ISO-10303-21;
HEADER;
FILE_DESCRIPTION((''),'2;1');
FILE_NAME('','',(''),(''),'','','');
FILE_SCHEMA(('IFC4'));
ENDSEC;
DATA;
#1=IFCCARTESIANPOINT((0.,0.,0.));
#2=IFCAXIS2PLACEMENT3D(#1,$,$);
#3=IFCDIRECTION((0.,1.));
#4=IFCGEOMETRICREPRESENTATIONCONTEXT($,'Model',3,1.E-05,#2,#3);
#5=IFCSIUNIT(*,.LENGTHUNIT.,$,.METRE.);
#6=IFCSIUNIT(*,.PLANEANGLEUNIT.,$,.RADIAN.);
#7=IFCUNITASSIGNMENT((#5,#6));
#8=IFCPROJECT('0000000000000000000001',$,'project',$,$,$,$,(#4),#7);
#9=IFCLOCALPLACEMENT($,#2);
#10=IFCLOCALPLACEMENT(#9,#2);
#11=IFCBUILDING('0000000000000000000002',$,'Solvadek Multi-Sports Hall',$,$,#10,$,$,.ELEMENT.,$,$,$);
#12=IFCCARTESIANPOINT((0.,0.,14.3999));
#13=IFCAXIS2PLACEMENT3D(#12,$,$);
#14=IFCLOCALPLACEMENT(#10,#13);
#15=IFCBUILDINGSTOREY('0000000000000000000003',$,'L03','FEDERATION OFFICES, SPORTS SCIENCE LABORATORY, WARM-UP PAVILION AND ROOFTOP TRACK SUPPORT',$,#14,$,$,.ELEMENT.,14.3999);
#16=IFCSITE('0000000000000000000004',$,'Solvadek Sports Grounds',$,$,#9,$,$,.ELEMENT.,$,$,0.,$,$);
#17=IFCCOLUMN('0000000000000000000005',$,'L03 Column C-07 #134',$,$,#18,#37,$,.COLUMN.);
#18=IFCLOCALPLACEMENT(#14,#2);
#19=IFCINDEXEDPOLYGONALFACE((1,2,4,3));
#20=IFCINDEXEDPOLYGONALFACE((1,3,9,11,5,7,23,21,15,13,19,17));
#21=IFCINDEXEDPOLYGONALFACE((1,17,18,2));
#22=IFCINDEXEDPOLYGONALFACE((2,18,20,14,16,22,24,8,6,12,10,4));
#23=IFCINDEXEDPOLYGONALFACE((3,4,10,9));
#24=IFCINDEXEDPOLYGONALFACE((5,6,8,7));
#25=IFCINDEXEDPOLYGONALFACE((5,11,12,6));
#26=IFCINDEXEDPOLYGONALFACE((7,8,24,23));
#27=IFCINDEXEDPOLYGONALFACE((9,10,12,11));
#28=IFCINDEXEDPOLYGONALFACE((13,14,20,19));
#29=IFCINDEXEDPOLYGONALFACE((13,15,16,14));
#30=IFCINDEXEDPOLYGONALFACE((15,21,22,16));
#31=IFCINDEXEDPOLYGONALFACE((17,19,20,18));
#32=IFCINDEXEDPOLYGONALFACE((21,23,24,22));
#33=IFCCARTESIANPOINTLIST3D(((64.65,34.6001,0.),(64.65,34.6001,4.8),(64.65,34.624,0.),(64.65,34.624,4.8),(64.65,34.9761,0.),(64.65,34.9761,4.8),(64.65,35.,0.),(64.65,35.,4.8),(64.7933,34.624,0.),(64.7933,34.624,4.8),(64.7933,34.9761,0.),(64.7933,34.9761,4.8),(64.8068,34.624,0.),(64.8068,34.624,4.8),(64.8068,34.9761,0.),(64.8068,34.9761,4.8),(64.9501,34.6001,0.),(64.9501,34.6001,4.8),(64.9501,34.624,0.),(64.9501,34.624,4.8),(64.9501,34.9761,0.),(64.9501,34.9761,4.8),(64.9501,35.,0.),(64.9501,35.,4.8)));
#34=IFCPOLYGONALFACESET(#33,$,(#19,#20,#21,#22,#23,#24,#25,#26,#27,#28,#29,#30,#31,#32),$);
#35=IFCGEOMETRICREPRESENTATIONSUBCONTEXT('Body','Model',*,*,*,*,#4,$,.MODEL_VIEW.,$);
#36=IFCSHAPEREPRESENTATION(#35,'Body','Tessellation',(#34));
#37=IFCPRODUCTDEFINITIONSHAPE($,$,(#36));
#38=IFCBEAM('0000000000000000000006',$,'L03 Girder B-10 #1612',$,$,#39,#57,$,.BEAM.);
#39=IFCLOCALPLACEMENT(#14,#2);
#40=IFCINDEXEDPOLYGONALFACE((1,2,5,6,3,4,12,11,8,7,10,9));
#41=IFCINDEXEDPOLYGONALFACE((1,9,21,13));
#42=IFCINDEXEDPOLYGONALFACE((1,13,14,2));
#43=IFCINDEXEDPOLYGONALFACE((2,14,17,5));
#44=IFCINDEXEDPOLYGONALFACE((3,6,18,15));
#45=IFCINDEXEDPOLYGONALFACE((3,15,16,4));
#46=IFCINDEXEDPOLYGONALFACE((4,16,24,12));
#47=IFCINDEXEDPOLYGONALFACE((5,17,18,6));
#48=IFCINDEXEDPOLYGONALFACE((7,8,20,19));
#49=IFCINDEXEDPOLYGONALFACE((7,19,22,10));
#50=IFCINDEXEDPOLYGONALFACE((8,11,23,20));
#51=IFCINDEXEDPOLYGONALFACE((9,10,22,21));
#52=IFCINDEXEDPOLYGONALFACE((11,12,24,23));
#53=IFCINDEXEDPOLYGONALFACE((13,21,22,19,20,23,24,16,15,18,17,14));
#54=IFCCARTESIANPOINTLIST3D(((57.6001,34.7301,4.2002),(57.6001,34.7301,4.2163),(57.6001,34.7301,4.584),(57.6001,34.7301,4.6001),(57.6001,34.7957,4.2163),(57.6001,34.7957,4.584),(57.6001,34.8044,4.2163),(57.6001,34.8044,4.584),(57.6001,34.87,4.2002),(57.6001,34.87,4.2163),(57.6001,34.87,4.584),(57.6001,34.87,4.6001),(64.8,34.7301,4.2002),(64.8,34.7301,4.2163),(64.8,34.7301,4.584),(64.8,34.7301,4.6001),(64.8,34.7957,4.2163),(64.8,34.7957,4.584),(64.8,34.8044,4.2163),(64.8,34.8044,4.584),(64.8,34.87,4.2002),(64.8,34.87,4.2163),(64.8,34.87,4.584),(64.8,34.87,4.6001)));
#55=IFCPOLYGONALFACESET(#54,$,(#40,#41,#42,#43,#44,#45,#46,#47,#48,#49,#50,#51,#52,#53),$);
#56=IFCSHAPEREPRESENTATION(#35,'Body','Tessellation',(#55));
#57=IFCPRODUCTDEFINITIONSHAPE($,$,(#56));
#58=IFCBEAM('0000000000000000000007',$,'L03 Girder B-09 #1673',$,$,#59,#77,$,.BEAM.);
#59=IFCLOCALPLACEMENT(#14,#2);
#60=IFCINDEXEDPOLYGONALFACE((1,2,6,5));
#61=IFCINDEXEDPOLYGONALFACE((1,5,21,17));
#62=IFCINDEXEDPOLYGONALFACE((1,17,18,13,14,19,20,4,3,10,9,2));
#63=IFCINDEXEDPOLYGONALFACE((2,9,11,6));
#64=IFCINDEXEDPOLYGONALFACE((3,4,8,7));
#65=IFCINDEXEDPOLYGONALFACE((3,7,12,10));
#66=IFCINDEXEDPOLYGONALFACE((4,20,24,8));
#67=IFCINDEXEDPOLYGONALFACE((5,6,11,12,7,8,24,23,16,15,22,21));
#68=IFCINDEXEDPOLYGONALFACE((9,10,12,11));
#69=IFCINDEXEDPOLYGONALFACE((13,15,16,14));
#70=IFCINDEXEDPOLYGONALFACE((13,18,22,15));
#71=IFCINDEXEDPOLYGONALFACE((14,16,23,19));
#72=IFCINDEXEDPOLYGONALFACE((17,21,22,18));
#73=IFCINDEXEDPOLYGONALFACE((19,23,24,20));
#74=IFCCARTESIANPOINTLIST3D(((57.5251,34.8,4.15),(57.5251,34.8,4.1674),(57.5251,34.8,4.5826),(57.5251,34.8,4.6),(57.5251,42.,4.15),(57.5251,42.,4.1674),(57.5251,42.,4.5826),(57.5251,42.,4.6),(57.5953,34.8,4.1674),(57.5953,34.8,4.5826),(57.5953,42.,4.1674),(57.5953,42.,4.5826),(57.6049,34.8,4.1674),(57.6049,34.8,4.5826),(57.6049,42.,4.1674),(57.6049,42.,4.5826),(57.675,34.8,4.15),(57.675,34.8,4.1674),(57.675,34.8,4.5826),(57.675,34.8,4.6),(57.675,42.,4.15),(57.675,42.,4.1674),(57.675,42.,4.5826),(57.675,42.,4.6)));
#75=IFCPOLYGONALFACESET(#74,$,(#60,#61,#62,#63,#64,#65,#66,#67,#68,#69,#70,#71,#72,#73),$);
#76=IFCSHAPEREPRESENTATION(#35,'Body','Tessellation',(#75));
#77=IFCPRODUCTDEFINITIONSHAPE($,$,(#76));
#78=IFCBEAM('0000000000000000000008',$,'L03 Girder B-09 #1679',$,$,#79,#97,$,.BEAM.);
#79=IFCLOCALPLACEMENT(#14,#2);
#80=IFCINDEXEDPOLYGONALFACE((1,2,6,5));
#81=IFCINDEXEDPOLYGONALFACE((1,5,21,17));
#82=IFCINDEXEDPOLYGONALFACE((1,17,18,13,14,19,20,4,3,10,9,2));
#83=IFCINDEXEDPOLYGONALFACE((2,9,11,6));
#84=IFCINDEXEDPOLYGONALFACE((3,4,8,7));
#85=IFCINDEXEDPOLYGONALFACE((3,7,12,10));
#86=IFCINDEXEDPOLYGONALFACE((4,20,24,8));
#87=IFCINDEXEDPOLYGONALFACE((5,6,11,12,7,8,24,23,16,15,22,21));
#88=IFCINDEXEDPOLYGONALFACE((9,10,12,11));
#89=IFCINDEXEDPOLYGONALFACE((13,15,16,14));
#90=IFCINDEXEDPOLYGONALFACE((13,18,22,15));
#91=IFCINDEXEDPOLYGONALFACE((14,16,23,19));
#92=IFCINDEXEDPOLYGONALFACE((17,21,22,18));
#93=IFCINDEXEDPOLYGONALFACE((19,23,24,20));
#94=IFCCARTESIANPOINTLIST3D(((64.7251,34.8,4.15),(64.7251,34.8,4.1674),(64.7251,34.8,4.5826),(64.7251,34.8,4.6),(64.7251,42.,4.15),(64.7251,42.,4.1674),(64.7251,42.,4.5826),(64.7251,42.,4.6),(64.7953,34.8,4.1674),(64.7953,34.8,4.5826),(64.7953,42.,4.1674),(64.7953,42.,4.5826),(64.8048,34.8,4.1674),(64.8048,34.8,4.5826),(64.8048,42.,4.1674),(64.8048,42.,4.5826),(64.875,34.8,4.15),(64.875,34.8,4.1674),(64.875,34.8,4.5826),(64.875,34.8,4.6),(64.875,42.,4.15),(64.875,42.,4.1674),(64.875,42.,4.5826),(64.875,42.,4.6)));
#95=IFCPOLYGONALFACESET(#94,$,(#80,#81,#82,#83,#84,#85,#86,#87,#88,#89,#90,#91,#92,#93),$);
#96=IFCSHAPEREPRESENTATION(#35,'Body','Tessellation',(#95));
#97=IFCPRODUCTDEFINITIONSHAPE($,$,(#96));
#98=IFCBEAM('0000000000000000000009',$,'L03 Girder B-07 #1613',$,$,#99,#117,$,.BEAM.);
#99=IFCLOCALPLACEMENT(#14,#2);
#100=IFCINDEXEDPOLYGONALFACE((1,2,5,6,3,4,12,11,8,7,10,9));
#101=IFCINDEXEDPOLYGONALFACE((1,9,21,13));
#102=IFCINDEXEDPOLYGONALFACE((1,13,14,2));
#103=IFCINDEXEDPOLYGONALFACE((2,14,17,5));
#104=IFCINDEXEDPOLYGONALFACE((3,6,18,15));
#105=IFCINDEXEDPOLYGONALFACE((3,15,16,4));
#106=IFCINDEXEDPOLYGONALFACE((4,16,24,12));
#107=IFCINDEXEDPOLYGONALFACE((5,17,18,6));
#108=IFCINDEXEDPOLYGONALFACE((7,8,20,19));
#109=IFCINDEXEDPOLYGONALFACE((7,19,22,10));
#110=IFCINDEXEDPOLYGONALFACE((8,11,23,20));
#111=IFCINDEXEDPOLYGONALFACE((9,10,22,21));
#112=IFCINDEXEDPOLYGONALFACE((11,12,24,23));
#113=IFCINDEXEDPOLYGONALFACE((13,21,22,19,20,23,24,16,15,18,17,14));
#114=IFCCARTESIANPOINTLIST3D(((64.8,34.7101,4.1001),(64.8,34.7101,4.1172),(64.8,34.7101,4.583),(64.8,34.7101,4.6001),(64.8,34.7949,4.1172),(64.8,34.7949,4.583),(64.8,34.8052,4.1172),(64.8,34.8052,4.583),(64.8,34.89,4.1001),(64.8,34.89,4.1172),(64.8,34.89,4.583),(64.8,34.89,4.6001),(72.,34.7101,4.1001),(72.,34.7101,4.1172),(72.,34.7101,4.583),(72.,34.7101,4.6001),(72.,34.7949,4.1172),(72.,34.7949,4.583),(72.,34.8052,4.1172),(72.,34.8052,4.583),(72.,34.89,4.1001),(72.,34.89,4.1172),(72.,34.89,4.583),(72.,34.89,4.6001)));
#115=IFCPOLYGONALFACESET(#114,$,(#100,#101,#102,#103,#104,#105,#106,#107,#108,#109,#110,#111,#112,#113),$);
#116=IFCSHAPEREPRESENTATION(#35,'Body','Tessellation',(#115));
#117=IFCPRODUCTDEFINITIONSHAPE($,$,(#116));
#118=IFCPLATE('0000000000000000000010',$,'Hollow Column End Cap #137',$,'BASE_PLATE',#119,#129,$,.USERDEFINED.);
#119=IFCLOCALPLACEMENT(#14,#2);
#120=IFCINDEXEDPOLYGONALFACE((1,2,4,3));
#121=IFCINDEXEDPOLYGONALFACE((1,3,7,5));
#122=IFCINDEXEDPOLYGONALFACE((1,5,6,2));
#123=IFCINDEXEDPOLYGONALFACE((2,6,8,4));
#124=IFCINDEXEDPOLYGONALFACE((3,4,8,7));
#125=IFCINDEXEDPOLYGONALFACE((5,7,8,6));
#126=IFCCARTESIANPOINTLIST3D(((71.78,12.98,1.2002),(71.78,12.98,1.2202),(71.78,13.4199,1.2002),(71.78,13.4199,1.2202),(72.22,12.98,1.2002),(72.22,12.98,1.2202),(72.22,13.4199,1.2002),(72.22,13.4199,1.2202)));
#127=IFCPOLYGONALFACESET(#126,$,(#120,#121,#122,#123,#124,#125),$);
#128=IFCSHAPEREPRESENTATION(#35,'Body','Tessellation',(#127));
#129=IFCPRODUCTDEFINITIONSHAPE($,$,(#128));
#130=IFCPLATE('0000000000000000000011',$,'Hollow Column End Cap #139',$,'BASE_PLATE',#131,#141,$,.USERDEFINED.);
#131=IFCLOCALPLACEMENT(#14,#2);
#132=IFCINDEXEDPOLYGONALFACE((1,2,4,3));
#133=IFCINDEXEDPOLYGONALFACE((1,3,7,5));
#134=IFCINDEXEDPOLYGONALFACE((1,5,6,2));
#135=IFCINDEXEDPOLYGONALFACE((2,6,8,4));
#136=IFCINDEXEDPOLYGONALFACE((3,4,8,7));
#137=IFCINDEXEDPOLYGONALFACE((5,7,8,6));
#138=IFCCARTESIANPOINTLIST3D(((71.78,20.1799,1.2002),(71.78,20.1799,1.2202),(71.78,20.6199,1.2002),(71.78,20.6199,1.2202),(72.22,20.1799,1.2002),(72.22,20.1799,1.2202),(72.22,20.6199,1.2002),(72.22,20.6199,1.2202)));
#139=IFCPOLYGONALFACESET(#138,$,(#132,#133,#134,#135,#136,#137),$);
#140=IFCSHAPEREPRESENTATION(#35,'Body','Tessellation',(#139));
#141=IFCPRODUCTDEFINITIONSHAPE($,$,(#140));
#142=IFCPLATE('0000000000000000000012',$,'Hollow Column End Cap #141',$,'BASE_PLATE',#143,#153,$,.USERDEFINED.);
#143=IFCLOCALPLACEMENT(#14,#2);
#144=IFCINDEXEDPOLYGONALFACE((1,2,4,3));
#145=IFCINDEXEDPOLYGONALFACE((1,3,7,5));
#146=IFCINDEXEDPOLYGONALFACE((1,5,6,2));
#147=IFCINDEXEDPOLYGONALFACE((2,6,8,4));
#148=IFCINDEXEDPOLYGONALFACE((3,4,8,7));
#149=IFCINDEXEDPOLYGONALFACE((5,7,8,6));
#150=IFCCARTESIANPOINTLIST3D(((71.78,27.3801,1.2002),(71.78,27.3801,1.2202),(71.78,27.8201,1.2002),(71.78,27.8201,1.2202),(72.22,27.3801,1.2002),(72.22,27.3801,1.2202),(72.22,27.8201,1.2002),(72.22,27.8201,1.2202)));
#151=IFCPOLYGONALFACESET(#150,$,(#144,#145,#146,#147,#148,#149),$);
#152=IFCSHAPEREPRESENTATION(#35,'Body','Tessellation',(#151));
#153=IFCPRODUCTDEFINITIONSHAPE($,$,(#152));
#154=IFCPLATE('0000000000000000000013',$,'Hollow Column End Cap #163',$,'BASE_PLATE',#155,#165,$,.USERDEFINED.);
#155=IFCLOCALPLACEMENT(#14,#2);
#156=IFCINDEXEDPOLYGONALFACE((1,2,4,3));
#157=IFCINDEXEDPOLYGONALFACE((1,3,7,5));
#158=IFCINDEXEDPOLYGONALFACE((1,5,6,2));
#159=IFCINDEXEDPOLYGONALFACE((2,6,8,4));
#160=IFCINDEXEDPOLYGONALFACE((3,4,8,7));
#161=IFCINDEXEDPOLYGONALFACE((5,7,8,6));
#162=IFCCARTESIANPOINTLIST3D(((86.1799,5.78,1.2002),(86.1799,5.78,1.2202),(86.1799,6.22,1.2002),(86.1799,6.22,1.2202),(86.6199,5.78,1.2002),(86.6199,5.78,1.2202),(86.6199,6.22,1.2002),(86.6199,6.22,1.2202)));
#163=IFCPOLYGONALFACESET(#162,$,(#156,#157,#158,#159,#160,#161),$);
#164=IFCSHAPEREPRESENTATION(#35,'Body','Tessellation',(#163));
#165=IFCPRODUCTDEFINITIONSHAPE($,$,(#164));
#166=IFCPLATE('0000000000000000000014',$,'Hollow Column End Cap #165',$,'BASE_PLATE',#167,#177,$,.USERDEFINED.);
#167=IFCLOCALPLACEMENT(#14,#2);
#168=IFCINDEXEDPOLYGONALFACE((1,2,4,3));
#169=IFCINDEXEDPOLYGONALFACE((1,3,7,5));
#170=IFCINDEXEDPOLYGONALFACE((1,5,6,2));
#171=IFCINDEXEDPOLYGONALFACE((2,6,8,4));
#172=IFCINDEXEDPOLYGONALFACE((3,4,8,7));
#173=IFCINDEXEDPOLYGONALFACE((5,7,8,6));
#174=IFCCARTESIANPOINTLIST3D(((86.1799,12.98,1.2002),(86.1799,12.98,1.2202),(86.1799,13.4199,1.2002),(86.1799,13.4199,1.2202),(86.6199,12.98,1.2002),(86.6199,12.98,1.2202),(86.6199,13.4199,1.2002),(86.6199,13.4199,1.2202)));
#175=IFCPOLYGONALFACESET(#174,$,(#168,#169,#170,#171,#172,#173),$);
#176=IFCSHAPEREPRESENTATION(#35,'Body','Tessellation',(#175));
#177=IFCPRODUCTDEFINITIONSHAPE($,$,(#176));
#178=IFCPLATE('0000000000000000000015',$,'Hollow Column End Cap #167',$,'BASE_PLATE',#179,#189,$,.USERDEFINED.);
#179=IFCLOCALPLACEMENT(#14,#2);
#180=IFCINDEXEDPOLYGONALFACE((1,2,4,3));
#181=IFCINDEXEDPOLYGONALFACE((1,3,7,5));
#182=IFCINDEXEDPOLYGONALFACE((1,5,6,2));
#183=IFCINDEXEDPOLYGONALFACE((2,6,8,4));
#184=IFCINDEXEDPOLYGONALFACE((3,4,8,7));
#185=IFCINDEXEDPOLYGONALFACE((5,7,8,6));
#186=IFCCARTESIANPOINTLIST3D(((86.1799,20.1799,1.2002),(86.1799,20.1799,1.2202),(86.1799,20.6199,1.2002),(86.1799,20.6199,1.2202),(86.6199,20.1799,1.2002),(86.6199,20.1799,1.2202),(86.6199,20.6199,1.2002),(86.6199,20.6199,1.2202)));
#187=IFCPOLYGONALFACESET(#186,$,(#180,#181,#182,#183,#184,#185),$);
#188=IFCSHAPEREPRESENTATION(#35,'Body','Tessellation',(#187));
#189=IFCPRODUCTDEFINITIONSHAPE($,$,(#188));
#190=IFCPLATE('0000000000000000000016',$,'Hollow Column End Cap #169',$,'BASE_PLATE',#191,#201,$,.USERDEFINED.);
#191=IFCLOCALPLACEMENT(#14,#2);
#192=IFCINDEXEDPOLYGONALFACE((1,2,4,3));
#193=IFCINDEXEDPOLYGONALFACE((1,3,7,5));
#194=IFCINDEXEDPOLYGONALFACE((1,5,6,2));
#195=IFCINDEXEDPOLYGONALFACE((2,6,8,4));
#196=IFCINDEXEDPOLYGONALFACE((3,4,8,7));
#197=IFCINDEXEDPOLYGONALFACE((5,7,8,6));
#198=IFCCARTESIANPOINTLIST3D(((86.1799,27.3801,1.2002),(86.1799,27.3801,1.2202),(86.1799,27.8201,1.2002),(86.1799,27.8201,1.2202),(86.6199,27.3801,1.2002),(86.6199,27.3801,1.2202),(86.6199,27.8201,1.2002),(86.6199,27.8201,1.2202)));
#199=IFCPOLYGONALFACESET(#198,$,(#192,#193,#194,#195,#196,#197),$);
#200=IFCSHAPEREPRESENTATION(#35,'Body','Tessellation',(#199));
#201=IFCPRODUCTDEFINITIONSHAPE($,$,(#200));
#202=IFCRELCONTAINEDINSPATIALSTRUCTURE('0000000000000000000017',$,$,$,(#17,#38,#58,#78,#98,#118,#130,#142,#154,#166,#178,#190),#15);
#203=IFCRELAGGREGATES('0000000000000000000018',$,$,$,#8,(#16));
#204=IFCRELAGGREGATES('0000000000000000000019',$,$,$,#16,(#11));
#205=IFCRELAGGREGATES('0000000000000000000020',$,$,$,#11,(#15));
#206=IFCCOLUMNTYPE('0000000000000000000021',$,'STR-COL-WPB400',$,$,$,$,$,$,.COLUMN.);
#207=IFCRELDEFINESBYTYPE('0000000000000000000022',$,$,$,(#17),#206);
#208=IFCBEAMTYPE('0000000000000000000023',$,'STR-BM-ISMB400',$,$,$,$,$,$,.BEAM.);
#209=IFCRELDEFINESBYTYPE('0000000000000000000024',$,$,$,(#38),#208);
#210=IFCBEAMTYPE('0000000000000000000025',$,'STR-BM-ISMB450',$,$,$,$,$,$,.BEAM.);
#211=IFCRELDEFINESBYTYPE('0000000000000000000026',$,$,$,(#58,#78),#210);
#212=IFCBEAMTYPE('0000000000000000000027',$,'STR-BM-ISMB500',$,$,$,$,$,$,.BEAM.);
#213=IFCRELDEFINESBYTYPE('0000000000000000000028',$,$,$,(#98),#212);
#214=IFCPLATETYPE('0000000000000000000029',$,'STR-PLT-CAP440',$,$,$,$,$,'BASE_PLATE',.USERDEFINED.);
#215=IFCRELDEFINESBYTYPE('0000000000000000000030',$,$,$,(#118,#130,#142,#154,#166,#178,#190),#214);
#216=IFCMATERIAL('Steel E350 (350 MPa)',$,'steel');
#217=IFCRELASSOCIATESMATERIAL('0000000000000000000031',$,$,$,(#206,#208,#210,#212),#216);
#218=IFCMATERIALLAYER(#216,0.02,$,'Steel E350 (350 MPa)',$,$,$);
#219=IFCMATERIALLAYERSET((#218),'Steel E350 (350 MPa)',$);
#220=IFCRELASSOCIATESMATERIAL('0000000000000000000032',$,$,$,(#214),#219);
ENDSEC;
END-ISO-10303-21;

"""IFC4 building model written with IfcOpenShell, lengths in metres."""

from ifc_helpers import new_model, si_unit, direction, frame, origin, origin_2d, place, context, subcontext, project, spatial, rectangle, i_section, extrude, material, layer, layer_set, material_profile, profile_set, type_object, element, save


model = new_model("IFC4")

# Units and contexts
model_context = context("Model", 3, precision=1e-05, world=origin(), true_north=direction((0.0, 1.0)))
body_context = subcontext(model_context, "Body", "Model", "MODEL_VIEW")
ifc_project = project(units=[si_unit("LENGTHUNIT", "METRE"), si_unit("PLANEANGLEUNIT", "RADIAN")], contexts=[model_context])

# Site, building, storey
site_placement = place(None, origin())
site = spatial("IfcSite", under=ifc_project, at=site_placement, Name="Solvadek Sports Grounds", CompositionType="ELEMENT", RefElevation=0.0)
building_placement = place(site_placement, origin())
building = spatial("IfcBuilding", under=site, at=building_placement, Name="Solvadek Multi-Sports Hall", CompositionType="ELEMENT")
storey_placement = place(building_placement, frame((0.0, 0.0, 14.3999)))
storey = spatial("IfcBuildingStorey", under=building, at=storey_placement, Name="L03", Description="FEDERATION OFFICES, SPORTS SCIENCE LABORATORY, WARM-UP PAVILION AND ROOFTOP TRACK SUPPORT", CompositionType="ELEMENT", Elevation=14.3999)

# Column
ifc_material_1 = material(Name="Steel E350 (350 MPa)", Category="steel")
ifc_material_profile_1 = material_profile(ifc_material_1, i_section(OverallWidth=0.3, OverallDepth=0.3999, WebThickness=0.0134, FlangeThickness=0.0239, at=origin_2d()), Name="WPB 400")
ifc_profile_set_1 = profile_set([ifc_material_profile_1], Name="Steel E350 (350 MPa)")
column_type_1 = type_object("IfcColumnType", Name="STR-COL-WPB400", PredefinedType="COLUMN", material=ifc_profile_set_1)
for number, where, z_axis, x_axis, name in (
    (1, (64.8, 34.8, 0.0), (0.0, 0.0, 1.0), (1.0, 0.0, 0.0), "L03 Column C-07 #134"),
):
    element("IfcColumn", number, at=place(storey_placement, frame(where, z_axis=z_axis, x_axis=x_axis)), inside=storey, type_object=column_type_1, Name=name, PredefinedType="COLUMN", context=body_context, shape_type="SweptSolid", body=[
        extrude(i_section(OverallWidth=0.3, OverallDepth=0.3999, WebThickness=0.0134, FlangeThickness=0.0239, at=origin_2d()), origin(), (0.0, 0.0, 1.0), 4.8),
    ])

# Beams
ifc_material_profile_2 = material_profile(ifc_material_1, i_section(OverallWidth=0.1399, OverallDepth=0.3999, WebThickness=0.0088, FlangeThickness=0.0161, at=origin_2d()), Name="ISMB 400")
ifc_profile_set_2 = profile_set([ifc_material_profile_2], Name="Steel E350 (350 MPa)")
beam_type_1 = type_object("IfcBeamType", Name="STR-BM-ISMB400", PredefinedType="BEAM", material=ifc_profile_set_2)
beam_1_placement = place(storey_placement, frame((57.6001, 34.8, 4.4001), z_axis=(1.0, 0.0, 0.0), x_axis=(0.0, 1.0, 0.0)))
element("IfcBeam", 2, at=beam_1_placement, inside=storey, type_object=beam_type_1, Name="L03 Girder B-10 #1612", PredefinedType="BEAM", context=body_context, shape_type="SweptSolid", body=[
    extrude(i_section(OverallWidth=0.1399, OverallDepth=0.3999, WebThickness=0.0088, FlangeThickness=0.0161, at=origin_2d()), origin(), (0.0, 0.0, 1.0), 7.2),
])
ifc_material_profile_3 = material_profile(ifc_material_1, i_section(OverallWidth=0.1499, OverallDepth=0.45, WebThickness=0.0095, FlangeThickness=0.0173, at=origin_2d()), Name="ISMB 450")
ifc_profile_set_3 = profile_set([ifc_material_profile_3], Name="Steel E350 (350 MPa)")
beam_type_2 = type_object("IfcBeamType", Name="STR-BM-ISMB450", PredefinedType="BEAM", material=ifc_profile_set_3)
for number, where, z_axis, x_axis, name in (
    (3, (57.6001, 34.8, 4.375), (0.0, 1.0, 0.0), (-1.0, 0.0, 0.0), "L03 Girder B-09 #1673"),
    (4, (64.8, 34.8, 4.375), (0.0, 1.0, 0.0), (-1.0, 0.0, 0.0), "L03 Girder B-09 #1679"),
):
    element("IfcBeam", number, at=place(storey_placement, frame(where, z_axis=z_axis, x_axis=x_axis)), inside=storey, type_object=beam_type_2, Name=name, PredefinedType="BEAM", context=body_context, shape_type="SweptSolid", body=[
        extrude(i_section(OverallWidth=0.1499, OverallDepth=0.45, WebThickness=0.0095, FlangeThickness=0.0173, at=origin_2d()), origin(), (0.0, 0.0, 1.0), 7.2),
    ])
ifc_material_profile_4 = material_profile(ifc_material_1, i_section(OverallWidth=0.1799, OverallDepth=0.5, WebThickness=0.0103, FlangeThickness=0.0171, at=origin_2d()), Name="ISMB 500")
ifc_profile_set_4 = profile_set([ifc_material_profile_4], Name="Steel E350 (350 MPa)")
beam_type_3 = type_object("IfcBeamType", Name="STR-BM-ISMB500", PredefinedType="BEAM", material=ifc_profile_set_4)
beam_2_placement = place(storey_placement, frame((64.8, 34.8, 4.3501), z_axis=(1.0, 0.0, 0.0), x_axis=(0.0, 1.0, 0.0)))
element("IfcBeam", 5, at=beam_2_placement, inside=storey, type_object=beam_type_3, Name="L03 Girder B-07 #1613", PredefinedType="BEAM", context=body_context, shape_type="SweptSolid", body=[
    extrude(i_section(OverallWidth=0.1799, OverallDepth=0.5, WebThickness=0.0103, FlangeThickness=0.0171, at=origin_2d()), origin(), (0.0, 0.0, 1.0), 7.2),
])

# Plates
ifc_layer_1 = layer(ifc_material_1, 0.02, Name="Steel E350 (350 MPa)")
ifc_layer_set_1 = layer_set([ifc_layer_1], Name="Steel E350 (350 MPa)")
plate_type = type_object("IfcPlateType", Name="STR-PLT-CAP440", ElementType="BASE_PLATE", PredefinedType="USERDEFINED", material=ifc_layer_set_1)
for number, where, z_axis, x_axis, name in (
    (6, (72.0, 13.2, 1.2002), (0.0, 0.0, 1.0), (1.0, 0.0, 0.0), "Hollow Column End Cap #137"),
    (7, (72.0, 20.3999, 1.2002), (0.0, 0.0, 1.0), (1.0, 0.0, 0.0), "Hollow Column End Cap #139"),
    (8, (72.0, 27.6001, 1.2002), (0.0, 0.0, 1.0), (1.0, 0.0, 0.0), "Hollow Column End Cap #141"),
    (9, (86.3999, 6.0, 1.2002), (0.0, 0.0, 1.0), (1.0, 0.0, 0.0), "Hollow Column End Cap #163"),
    (10, (86.3999, 13.2, 1.2002), (0.0, 0.0, 1.0), (1.0, 0.0, 0.0), "Hollow Column End Cap #165"),
    (11, (86.3999, 20.3999, 1.2002), (0.0, 0.0, 1.0), (1.0, 0.0, 0.0), "Hollow Column End Cap #167"),
    (12, (86.3999, 27.6001, 1.2002), (0.0, 0.0, 1.0), (1.0, 0.0, 0.0), "Hollow Column End Cap #169"),
):
    element("IfcPlate", number, at=place(storey_placement, frame(where, z_axis=z_axis, x_axis=x_axis)), inside=storey, type_object=plate_type, Name=name, ObjectType="BASE_PLATE", PredefinedType="USERDEFINED", context=body_context, shape_type="SweptSolid", body=[
        extrude(rectangle(XDim=0.4399, YDim=0.4399, at=origin_2d()), origin(), (0.0, 0.0, 1.0), 0.02),
    ])

save(model, "model.ifc")
